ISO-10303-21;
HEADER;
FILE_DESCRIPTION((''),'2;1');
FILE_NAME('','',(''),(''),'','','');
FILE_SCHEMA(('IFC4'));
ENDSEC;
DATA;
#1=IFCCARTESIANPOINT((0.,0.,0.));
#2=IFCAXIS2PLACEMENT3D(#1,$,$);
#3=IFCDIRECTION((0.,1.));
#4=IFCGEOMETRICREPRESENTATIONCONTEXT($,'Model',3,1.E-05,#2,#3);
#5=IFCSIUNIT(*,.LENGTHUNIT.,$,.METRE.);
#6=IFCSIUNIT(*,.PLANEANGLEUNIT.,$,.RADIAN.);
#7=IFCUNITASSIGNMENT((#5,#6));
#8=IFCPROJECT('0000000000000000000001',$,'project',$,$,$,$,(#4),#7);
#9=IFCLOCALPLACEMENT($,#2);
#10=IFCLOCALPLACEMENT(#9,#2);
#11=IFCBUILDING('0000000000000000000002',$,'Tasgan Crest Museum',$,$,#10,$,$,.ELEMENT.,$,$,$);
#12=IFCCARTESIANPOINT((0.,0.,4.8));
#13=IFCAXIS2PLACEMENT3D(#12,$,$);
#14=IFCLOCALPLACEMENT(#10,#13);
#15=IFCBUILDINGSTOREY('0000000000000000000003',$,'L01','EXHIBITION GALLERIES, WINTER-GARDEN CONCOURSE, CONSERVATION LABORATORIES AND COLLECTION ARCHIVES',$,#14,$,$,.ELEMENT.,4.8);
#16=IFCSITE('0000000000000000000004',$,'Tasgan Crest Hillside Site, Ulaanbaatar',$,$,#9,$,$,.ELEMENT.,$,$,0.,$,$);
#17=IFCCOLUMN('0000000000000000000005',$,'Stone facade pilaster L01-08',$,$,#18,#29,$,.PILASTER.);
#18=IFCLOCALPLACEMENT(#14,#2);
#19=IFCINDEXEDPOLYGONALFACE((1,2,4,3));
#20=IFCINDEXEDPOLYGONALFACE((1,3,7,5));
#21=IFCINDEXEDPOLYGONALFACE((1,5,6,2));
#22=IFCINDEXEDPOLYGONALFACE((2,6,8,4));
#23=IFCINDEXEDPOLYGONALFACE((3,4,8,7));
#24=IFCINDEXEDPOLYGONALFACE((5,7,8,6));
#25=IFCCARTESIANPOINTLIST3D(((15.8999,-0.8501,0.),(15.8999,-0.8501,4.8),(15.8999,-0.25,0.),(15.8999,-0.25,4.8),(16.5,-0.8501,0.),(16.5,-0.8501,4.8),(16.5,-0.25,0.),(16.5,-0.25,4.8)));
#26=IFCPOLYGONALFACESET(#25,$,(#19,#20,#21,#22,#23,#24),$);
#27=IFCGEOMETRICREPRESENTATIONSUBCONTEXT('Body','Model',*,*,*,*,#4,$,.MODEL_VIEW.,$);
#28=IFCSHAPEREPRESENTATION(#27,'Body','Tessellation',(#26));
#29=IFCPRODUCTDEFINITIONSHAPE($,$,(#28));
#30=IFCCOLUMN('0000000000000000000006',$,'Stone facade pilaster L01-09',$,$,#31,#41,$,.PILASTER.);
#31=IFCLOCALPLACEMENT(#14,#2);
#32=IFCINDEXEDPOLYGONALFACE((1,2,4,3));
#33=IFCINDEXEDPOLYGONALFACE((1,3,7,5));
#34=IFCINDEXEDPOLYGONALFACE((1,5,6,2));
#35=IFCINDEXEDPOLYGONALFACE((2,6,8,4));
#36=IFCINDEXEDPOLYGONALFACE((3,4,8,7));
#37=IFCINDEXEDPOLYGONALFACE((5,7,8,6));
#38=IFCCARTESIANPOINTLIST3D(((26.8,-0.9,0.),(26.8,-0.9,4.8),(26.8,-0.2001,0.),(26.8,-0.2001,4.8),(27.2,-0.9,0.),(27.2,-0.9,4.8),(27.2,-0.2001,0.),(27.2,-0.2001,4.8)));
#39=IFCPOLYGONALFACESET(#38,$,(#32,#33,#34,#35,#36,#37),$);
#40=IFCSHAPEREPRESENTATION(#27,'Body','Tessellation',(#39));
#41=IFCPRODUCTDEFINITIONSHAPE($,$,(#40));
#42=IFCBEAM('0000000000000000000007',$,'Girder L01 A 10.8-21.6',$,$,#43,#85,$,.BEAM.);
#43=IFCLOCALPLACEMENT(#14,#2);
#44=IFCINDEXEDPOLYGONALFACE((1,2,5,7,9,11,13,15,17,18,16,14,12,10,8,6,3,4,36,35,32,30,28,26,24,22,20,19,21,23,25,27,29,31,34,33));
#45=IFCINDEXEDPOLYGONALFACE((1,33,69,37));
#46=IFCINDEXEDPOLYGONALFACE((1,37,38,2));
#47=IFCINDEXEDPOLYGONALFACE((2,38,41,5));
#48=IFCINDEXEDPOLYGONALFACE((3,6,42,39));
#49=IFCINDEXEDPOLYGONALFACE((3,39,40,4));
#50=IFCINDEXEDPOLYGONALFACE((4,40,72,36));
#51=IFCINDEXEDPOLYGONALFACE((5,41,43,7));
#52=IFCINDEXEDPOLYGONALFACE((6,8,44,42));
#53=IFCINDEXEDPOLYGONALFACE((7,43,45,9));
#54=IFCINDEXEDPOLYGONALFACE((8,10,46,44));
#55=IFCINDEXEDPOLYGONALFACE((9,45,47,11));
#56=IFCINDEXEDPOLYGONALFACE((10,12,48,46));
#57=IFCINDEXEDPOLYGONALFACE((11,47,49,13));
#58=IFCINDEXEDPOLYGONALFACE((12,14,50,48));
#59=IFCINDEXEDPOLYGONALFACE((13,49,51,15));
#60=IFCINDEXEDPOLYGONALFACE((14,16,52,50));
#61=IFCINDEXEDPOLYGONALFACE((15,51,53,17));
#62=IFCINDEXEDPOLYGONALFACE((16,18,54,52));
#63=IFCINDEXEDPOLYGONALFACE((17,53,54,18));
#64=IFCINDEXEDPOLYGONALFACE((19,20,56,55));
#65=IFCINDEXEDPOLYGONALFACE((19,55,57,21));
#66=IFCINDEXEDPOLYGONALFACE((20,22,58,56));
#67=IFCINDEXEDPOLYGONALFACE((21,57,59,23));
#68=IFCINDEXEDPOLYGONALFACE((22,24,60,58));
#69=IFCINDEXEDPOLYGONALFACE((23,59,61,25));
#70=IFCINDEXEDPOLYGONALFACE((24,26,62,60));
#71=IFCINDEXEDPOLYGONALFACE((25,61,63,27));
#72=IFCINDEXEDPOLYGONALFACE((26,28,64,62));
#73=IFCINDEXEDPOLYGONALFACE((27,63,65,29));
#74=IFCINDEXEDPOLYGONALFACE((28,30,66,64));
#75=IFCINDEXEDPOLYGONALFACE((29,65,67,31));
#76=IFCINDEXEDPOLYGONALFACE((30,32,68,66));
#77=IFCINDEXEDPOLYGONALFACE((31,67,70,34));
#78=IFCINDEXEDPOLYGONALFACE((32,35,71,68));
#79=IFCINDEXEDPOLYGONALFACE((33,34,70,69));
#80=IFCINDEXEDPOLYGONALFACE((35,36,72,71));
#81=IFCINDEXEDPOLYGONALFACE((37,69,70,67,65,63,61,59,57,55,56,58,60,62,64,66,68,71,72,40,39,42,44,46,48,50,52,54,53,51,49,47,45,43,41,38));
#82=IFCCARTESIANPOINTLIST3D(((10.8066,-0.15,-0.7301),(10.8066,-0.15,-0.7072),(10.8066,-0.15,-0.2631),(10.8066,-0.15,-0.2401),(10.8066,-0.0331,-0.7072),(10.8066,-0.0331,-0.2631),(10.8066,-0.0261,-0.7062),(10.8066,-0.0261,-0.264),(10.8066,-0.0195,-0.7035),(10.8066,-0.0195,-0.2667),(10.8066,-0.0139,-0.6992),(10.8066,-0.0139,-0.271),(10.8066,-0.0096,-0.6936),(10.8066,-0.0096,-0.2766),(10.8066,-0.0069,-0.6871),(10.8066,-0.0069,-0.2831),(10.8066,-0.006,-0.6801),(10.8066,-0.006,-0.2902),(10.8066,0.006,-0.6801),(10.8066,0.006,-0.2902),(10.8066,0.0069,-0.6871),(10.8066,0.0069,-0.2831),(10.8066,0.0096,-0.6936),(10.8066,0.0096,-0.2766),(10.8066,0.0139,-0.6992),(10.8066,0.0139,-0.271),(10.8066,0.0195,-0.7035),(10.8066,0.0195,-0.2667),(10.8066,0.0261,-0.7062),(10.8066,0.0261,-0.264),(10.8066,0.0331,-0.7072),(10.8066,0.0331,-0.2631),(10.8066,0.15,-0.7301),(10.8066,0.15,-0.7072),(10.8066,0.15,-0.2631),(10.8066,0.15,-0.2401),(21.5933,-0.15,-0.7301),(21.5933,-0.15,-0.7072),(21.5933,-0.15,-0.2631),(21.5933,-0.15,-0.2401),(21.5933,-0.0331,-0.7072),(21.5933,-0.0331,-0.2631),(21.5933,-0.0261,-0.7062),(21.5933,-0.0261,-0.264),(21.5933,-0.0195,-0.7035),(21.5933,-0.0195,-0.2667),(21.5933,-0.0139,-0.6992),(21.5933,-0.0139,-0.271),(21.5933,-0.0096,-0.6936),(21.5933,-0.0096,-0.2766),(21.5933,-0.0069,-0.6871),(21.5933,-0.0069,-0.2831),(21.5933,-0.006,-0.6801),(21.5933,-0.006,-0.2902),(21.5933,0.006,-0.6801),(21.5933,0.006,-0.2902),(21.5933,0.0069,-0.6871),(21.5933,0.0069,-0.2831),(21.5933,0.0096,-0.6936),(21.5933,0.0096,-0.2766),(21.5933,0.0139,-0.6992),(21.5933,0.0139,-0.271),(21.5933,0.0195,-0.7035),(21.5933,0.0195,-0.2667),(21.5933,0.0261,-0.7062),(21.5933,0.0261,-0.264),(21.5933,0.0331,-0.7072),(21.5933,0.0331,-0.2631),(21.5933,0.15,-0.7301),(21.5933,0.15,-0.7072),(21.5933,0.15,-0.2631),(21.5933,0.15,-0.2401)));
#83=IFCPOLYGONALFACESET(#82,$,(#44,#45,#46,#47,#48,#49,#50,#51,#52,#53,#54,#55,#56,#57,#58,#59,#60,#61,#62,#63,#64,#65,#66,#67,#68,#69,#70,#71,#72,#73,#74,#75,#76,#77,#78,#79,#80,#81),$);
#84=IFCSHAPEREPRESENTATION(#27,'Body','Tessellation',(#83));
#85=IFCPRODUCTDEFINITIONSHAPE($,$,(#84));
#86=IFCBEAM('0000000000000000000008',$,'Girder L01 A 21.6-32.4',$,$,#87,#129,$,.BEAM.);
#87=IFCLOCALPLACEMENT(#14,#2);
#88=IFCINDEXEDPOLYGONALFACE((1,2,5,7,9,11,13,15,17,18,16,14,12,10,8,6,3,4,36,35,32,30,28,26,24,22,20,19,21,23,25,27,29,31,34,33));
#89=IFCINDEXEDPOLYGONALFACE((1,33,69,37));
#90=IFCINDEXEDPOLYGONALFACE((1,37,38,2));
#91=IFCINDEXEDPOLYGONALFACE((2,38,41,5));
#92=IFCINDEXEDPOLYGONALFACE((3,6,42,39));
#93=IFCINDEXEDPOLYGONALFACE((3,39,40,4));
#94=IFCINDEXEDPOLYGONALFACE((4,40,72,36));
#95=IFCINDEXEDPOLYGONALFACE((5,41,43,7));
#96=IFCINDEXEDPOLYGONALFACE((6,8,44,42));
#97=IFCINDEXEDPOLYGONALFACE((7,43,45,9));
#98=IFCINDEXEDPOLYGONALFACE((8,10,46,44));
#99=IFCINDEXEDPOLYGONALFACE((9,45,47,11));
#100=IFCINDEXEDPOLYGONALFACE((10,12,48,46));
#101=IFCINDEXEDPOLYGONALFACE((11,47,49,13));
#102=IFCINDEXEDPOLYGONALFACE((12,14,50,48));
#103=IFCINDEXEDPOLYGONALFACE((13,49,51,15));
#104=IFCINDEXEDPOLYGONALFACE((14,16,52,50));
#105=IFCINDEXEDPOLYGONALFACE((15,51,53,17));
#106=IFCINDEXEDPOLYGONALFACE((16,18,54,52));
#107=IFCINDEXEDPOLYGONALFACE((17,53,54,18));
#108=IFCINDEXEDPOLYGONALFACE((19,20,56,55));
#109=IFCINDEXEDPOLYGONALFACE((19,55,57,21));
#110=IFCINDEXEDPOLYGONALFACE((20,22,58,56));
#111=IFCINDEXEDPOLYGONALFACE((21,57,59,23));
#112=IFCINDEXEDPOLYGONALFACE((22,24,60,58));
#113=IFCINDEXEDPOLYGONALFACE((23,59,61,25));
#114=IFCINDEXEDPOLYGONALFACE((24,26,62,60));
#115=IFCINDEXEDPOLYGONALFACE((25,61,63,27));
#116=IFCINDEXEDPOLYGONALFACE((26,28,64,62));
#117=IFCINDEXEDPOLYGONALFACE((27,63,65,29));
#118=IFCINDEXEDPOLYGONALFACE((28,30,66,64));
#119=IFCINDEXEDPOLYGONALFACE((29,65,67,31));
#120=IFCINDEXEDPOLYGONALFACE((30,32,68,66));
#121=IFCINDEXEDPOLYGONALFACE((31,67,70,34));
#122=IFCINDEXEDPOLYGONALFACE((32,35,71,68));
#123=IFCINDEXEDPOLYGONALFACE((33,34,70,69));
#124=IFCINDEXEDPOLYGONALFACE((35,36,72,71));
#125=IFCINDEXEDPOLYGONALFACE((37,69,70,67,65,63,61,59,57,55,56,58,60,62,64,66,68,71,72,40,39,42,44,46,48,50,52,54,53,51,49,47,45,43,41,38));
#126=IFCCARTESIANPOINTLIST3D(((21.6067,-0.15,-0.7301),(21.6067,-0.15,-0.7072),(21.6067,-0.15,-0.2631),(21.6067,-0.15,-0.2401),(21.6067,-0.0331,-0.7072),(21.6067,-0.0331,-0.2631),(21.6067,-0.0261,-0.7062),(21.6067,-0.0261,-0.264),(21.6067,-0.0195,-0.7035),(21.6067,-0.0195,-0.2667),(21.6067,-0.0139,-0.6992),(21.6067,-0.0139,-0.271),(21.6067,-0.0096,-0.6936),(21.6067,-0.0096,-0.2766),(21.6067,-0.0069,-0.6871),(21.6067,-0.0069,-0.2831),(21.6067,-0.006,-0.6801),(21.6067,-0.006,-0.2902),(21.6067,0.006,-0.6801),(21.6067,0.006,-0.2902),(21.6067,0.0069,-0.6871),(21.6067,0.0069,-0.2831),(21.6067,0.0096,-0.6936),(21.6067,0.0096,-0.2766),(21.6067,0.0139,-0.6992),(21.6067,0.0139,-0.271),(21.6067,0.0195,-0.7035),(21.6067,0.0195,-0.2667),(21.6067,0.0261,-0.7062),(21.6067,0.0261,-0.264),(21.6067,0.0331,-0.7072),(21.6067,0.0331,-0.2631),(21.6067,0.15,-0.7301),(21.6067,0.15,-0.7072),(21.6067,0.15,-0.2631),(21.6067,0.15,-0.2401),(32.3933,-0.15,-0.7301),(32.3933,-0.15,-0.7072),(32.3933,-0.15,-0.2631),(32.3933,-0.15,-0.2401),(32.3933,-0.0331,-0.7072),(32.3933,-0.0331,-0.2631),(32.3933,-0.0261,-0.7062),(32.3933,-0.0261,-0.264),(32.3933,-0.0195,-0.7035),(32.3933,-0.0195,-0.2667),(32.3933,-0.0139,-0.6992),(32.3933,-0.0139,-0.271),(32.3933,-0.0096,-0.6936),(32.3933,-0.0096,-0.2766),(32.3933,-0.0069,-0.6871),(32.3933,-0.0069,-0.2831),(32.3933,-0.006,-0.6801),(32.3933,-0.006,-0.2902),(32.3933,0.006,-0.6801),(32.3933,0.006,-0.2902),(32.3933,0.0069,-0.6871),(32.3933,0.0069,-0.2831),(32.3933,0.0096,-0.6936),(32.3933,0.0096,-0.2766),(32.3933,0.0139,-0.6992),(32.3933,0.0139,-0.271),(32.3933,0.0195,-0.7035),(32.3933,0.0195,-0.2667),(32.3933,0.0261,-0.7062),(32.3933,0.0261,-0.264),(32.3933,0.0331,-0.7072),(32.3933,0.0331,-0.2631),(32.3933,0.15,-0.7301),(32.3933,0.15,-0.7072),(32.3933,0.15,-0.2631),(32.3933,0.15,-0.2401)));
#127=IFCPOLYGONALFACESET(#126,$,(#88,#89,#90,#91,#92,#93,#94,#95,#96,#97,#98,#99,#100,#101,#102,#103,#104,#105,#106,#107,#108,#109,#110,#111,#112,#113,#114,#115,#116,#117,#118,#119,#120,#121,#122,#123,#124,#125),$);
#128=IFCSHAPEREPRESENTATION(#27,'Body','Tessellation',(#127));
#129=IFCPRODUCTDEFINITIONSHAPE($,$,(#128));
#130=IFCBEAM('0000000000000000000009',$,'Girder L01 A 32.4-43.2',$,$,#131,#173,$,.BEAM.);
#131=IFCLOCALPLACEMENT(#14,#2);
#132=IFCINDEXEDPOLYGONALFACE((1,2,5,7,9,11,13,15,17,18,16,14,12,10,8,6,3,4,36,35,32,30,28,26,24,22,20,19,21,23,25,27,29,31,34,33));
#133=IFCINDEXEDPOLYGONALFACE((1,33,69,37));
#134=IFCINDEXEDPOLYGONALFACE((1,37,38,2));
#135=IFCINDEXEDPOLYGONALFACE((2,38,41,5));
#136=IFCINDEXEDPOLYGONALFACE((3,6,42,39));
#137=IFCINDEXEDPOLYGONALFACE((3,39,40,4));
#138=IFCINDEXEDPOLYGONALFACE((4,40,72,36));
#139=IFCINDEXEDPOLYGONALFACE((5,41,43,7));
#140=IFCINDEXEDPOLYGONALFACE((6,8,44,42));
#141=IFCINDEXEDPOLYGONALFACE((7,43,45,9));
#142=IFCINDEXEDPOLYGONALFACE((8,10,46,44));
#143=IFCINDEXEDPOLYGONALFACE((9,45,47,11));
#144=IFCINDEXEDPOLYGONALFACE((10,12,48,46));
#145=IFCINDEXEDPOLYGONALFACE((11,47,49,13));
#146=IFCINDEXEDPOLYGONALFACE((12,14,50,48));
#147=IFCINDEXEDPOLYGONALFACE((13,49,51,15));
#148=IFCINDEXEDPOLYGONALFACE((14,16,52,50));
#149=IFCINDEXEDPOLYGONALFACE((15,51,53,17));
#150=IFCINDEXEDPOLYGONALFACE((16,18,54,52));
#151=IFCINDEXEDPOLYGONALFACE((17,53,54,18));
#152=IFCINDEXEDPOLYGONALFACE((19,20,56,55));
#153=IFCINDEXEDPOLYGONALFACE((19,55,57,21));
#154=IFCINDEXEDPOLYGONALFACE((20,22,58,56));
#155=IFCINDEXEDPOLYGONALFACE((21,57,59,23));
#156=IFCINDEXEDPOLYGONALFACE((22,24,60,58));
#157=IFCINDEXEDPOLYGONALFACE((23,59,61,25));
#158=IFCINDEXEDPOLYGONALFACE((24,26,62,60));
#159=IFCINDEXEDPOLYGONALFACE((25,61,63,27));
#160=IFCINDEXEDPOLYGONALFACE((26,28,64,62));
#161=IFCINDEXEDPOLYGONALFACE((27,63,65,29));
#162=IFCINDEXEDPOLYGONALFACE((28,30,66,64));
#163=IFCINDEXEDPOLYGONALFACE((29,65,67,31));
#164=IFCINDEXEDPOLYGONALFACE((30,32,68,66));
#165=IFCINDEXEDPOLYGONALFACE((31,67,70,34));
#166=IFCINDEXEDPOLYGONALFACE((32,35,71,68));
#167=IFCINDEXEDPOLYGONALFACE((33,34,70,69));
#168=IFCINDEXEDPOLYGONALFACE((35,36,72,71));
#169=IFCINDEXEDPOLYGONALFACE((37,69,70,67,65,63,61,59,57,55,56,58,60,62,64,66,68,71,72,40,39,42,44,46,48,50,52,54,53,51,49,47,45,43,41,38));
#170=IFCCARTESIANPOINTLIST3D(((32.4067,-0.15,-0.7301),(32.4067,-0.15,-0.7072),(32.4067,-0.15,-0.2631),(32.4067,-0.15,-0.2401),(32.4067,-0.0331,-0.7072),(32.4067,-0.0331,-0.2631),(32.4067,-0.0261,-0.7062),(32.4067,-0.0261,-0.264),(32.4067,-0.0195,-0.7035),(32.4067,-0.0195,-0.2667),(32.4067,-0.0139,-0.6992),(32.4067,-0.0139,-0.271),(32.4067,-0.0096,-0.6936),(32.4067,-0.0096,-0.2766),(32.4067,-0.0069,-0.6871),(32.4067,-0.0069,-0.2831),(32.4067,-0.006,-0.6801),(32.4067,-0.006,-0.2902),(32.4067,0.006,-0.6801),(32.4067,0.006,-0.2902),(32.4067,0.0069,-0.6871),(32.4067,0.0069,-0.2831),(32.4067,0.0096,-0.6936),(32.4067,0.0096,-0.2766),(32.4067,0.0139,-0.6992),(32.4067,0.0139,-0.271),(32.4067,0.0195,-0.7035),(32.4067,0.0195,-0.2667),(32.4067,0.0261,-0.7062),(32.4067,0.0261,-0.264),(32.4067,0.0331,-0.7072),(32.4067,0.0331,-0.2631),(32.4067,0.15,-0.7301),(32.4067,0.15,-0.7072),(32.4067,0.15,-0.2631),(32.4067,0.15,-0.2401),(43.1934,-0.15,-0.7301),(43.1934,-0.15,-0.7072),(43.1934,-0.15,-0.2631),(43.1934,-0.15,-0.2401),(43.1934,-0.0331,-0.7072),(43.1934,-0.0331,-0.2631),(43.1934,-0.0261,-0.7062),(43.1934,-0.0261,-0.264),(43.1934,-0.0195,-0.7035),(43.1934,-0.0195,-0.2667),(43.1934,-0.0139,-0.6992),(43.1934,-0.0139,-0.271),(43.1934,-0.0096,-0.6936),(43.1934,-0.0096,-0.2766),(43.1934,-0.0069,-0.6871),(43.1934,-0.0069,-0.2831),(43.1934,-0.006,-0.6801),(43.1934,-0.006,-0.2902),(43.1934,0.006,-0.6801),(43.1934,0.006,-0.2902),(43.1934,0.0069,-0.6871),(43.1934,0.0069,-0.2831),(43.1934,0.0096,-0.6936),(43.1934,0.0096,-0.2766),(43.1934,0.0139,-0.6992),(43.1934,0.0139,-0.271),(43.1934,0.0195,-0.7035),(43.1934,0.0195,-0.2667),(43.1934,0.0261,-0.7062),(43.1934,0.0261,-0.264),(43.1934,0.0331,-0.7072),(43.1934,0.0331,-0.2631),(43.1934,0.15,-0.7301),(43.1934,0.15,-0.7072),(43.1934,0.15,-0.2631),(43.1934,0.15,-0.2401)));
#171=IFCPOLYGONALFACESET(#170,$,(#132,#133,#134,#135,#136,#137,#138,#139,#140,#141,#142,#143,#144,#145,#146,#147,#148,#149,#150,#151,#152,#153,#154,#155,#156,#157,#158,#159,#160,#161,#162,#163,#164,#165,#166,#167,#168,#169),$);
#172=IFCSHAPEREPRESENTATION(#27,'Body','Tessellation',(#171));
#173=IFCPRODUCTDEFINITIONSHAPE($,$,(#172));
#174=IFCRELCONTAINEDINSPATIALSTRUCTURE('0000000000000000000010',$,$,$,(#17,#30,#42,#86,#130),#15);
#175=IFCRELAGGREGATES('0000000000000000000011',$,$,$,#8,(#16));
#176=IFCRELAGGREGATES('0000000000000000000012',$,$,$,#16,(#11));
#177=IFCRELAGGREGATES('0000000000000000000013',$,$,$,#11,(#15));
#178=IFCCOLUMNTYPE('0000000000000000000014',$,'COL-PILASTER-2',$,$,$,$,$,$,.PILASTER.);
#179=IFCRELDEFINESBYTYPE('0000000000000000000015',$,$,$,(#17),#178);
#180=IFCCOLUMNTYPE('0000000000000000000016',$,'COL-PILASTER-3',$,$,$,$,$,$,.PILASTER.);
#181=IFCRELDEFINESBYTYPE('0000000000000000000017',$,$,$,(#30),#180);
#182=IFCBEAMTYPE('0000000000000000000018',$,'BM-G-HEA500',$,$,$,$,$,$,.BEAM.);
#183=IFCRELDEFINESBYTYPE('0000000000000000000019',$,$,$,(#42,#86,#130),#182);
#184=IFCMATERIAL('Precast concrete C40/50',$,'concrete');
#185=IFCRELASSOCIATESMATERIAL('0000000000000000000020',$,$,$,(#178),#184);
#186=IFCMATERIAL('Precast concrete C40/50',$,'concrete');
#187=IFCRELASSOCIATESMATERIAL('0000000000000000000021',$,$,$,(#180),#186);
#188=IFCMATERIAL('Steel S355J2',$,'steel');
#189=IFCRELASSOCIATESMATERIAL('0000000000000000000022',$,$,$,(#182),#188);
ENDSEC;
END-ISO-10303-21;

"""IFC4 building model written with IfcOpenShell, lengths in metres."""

from ifc_helpers import new_model, si_unit, direction, frame, origin, origin_2d, place, context, subcontext, project, spatial, rectangle, i_section, extrude, material, material_profile, profile_set, type_object, element, save


model = new_model("IFC4")

# Units and contexts
model_context = context("Model", 3, precision=1e-05, world=origin(), true_north=direction((0.0, 1.0)))
body_context = subcontext(model_context, "Body", "Model", "MODEL_VIEW")
ifc_project = project(units=[si_unit("LENGTHUNIT", "METRE"), si_unit("PLANEANGLEUNIT", "RADIAN")], contexts=[model_context])

# Site, building, storey
site_placement = place(None, origin())
site = spatial("IfcSite", under=ifc_project, at=site_placement, Name="Tasgan Crest Hillside Site, Ulaanbaatar", CompositionType="ELEMENT", RefElevation=0.0)
building_placement = place(site_placement, origin())
building = spatial("IfcBuilding", under=site, at=building_placement, Name="Tasgan Crest Museum", CompositionType="ELEMENT")
storey_placement = place(building_placement, frame((0.0, 0.0, 4.8)))
storey = spatial("IfcBuildingStorey", under=building, at=storey_placement, Name="L01", Description="EXHIBITION GALLERIES, WINTER-GARDEN CONCOURSE, CONSERVATION LABORATORIES AND COLLECTION ARCHIVES", CompositionType="ELEMENT", Elevation=4.8)

# Columns
ifc_material_1 = material(Name="Precast concrete C40/50", Category="concrete")
ifc_material_profile_1 = material_profile(ifc_material_1, rectangle(XDim=0.6001, YDim=0.6001, at=origin_2d()), Name="RC 600x600")
ifc_profile_set_1 = profile_set([ifc_material_profile_1], Name="Precast concrete C40/50")
column_type_1 = type_object("IfcColumnType", Name="COL-PILASTER-2", PredefinedType="PILASTER", material=ifc_profile_set_1)
column_1_placement = place(storey_placement, frame((16.2, -0.55, 0.0), z_axis=(0.0, 0.0, 1.0), x_axis=(1.0, 0.0, 0.0)))
element("IfcColumn", 1, at=column_1_placement, inside=storey, type_object=column_type_1, Name="Stone facade pilaster L01-08", PredefinedType="PILASTER", context=body_context, shape_type="SweptSolid", body=[
    extrude(rectangle(XDim=0.6001, YDim=0.6001, at=origin_2d()), origin(), (0.0, 0.0, 1.0), 4.8),
])
ifc_material_2 = material(Name="Precast concrete C40/50", Category="concrete")
ifc_material_profile_2 = material_profile(ifc_material_2, rectangle(XDim=0.3999, YDim=0.7, at=origin_2d()), Name="RC 400x700")
ifc_profile_set_2 = profile_set([ifc_material_profile_2], Name="Precast concrete C40/50")
column_type_2 = type_object("IfcColumnType", Name="COL-PILASTER-3", PredefinedType="PILASTER", material=ifc_profile_set_2)
column_2_placement = place(storey_placement, frame((27.0, -0.55, 0.0), z_axis=(0.0, 0.0, 1.0), x_axis=(1.0, 0.0, 0.0)))
element("IfcColumn", 2, at=column_2_placement, inside=storey, type_object=column_type_2, Name="Stone facade pilaster L01-09", PredefinedType="PILASTER", context=body_context, shape_type="SweptSolid", body=[
    extrude(rectangle(XDim=0.3999, YDim=0.7, at=origin_2d()), origin(), (0.0, 0.0, 1.0), 4.8),
])

# Beams
ifc_material_3 = material(Name="Steel S355J2", Category="steel")
ifc_material_profile_3 = material_profile(ifc_material_3, i_section(OverallWidth=0.3, OverallDepth=0.49, WebThickness=0.012, FlangeThickness=0.0229, FilletRadius=0.0271, at=origin_2d()), Name="HEA 500")
ifc_profile_set_3 = profile_set([ifc_material_profile_3], Name="Steel S355J2")
beam_type_1 = type_object("IfcBeamType", Name="BM-G-HEA500", PredefinedType="BEAM", material=ifc_profile_set_3)
for number, where, z_axis, x_axis, name in (
    (3, (10.8066, 0.0, -0.4851), (1.0, 0.0, 0.0), (0.0, 1.0, 0.0), "Girder L01 A 10.8-21.6"),
    (4, (21.6067, 0.0, -0.4851), (1.0, 0.0, 0.0), (0.0, 1.0, 0.0), "Girder L01 A 21.6-32.4"),
    (5, (32.4067, 0.0, -0.4851), (1.0, 0.0, 0.0), (0.0, 1.0, 0.0), "Girder L01 A 32.4-43.2"),
):
    element("IfcBeam", number, at=place(storey_placement, frame(where, z_axis=z_axis, x_axis=x_axis)), inside=storey, type_object=beam_type_1, Name=name, PredefinedType="BEAM", context=body_context, shape_type="SweptSolid", body=[
        extrude(i_section(OverallWidth=0.3, OverallDepth=0.49, WebThickness=0.012, FlangeThickness=0.0229, FilletRadius=0.0271, at=origin_2d()), origin(), (0.0, 0.0, 1.0), 10.7866),
    ])

save(model, "model.ifc")
